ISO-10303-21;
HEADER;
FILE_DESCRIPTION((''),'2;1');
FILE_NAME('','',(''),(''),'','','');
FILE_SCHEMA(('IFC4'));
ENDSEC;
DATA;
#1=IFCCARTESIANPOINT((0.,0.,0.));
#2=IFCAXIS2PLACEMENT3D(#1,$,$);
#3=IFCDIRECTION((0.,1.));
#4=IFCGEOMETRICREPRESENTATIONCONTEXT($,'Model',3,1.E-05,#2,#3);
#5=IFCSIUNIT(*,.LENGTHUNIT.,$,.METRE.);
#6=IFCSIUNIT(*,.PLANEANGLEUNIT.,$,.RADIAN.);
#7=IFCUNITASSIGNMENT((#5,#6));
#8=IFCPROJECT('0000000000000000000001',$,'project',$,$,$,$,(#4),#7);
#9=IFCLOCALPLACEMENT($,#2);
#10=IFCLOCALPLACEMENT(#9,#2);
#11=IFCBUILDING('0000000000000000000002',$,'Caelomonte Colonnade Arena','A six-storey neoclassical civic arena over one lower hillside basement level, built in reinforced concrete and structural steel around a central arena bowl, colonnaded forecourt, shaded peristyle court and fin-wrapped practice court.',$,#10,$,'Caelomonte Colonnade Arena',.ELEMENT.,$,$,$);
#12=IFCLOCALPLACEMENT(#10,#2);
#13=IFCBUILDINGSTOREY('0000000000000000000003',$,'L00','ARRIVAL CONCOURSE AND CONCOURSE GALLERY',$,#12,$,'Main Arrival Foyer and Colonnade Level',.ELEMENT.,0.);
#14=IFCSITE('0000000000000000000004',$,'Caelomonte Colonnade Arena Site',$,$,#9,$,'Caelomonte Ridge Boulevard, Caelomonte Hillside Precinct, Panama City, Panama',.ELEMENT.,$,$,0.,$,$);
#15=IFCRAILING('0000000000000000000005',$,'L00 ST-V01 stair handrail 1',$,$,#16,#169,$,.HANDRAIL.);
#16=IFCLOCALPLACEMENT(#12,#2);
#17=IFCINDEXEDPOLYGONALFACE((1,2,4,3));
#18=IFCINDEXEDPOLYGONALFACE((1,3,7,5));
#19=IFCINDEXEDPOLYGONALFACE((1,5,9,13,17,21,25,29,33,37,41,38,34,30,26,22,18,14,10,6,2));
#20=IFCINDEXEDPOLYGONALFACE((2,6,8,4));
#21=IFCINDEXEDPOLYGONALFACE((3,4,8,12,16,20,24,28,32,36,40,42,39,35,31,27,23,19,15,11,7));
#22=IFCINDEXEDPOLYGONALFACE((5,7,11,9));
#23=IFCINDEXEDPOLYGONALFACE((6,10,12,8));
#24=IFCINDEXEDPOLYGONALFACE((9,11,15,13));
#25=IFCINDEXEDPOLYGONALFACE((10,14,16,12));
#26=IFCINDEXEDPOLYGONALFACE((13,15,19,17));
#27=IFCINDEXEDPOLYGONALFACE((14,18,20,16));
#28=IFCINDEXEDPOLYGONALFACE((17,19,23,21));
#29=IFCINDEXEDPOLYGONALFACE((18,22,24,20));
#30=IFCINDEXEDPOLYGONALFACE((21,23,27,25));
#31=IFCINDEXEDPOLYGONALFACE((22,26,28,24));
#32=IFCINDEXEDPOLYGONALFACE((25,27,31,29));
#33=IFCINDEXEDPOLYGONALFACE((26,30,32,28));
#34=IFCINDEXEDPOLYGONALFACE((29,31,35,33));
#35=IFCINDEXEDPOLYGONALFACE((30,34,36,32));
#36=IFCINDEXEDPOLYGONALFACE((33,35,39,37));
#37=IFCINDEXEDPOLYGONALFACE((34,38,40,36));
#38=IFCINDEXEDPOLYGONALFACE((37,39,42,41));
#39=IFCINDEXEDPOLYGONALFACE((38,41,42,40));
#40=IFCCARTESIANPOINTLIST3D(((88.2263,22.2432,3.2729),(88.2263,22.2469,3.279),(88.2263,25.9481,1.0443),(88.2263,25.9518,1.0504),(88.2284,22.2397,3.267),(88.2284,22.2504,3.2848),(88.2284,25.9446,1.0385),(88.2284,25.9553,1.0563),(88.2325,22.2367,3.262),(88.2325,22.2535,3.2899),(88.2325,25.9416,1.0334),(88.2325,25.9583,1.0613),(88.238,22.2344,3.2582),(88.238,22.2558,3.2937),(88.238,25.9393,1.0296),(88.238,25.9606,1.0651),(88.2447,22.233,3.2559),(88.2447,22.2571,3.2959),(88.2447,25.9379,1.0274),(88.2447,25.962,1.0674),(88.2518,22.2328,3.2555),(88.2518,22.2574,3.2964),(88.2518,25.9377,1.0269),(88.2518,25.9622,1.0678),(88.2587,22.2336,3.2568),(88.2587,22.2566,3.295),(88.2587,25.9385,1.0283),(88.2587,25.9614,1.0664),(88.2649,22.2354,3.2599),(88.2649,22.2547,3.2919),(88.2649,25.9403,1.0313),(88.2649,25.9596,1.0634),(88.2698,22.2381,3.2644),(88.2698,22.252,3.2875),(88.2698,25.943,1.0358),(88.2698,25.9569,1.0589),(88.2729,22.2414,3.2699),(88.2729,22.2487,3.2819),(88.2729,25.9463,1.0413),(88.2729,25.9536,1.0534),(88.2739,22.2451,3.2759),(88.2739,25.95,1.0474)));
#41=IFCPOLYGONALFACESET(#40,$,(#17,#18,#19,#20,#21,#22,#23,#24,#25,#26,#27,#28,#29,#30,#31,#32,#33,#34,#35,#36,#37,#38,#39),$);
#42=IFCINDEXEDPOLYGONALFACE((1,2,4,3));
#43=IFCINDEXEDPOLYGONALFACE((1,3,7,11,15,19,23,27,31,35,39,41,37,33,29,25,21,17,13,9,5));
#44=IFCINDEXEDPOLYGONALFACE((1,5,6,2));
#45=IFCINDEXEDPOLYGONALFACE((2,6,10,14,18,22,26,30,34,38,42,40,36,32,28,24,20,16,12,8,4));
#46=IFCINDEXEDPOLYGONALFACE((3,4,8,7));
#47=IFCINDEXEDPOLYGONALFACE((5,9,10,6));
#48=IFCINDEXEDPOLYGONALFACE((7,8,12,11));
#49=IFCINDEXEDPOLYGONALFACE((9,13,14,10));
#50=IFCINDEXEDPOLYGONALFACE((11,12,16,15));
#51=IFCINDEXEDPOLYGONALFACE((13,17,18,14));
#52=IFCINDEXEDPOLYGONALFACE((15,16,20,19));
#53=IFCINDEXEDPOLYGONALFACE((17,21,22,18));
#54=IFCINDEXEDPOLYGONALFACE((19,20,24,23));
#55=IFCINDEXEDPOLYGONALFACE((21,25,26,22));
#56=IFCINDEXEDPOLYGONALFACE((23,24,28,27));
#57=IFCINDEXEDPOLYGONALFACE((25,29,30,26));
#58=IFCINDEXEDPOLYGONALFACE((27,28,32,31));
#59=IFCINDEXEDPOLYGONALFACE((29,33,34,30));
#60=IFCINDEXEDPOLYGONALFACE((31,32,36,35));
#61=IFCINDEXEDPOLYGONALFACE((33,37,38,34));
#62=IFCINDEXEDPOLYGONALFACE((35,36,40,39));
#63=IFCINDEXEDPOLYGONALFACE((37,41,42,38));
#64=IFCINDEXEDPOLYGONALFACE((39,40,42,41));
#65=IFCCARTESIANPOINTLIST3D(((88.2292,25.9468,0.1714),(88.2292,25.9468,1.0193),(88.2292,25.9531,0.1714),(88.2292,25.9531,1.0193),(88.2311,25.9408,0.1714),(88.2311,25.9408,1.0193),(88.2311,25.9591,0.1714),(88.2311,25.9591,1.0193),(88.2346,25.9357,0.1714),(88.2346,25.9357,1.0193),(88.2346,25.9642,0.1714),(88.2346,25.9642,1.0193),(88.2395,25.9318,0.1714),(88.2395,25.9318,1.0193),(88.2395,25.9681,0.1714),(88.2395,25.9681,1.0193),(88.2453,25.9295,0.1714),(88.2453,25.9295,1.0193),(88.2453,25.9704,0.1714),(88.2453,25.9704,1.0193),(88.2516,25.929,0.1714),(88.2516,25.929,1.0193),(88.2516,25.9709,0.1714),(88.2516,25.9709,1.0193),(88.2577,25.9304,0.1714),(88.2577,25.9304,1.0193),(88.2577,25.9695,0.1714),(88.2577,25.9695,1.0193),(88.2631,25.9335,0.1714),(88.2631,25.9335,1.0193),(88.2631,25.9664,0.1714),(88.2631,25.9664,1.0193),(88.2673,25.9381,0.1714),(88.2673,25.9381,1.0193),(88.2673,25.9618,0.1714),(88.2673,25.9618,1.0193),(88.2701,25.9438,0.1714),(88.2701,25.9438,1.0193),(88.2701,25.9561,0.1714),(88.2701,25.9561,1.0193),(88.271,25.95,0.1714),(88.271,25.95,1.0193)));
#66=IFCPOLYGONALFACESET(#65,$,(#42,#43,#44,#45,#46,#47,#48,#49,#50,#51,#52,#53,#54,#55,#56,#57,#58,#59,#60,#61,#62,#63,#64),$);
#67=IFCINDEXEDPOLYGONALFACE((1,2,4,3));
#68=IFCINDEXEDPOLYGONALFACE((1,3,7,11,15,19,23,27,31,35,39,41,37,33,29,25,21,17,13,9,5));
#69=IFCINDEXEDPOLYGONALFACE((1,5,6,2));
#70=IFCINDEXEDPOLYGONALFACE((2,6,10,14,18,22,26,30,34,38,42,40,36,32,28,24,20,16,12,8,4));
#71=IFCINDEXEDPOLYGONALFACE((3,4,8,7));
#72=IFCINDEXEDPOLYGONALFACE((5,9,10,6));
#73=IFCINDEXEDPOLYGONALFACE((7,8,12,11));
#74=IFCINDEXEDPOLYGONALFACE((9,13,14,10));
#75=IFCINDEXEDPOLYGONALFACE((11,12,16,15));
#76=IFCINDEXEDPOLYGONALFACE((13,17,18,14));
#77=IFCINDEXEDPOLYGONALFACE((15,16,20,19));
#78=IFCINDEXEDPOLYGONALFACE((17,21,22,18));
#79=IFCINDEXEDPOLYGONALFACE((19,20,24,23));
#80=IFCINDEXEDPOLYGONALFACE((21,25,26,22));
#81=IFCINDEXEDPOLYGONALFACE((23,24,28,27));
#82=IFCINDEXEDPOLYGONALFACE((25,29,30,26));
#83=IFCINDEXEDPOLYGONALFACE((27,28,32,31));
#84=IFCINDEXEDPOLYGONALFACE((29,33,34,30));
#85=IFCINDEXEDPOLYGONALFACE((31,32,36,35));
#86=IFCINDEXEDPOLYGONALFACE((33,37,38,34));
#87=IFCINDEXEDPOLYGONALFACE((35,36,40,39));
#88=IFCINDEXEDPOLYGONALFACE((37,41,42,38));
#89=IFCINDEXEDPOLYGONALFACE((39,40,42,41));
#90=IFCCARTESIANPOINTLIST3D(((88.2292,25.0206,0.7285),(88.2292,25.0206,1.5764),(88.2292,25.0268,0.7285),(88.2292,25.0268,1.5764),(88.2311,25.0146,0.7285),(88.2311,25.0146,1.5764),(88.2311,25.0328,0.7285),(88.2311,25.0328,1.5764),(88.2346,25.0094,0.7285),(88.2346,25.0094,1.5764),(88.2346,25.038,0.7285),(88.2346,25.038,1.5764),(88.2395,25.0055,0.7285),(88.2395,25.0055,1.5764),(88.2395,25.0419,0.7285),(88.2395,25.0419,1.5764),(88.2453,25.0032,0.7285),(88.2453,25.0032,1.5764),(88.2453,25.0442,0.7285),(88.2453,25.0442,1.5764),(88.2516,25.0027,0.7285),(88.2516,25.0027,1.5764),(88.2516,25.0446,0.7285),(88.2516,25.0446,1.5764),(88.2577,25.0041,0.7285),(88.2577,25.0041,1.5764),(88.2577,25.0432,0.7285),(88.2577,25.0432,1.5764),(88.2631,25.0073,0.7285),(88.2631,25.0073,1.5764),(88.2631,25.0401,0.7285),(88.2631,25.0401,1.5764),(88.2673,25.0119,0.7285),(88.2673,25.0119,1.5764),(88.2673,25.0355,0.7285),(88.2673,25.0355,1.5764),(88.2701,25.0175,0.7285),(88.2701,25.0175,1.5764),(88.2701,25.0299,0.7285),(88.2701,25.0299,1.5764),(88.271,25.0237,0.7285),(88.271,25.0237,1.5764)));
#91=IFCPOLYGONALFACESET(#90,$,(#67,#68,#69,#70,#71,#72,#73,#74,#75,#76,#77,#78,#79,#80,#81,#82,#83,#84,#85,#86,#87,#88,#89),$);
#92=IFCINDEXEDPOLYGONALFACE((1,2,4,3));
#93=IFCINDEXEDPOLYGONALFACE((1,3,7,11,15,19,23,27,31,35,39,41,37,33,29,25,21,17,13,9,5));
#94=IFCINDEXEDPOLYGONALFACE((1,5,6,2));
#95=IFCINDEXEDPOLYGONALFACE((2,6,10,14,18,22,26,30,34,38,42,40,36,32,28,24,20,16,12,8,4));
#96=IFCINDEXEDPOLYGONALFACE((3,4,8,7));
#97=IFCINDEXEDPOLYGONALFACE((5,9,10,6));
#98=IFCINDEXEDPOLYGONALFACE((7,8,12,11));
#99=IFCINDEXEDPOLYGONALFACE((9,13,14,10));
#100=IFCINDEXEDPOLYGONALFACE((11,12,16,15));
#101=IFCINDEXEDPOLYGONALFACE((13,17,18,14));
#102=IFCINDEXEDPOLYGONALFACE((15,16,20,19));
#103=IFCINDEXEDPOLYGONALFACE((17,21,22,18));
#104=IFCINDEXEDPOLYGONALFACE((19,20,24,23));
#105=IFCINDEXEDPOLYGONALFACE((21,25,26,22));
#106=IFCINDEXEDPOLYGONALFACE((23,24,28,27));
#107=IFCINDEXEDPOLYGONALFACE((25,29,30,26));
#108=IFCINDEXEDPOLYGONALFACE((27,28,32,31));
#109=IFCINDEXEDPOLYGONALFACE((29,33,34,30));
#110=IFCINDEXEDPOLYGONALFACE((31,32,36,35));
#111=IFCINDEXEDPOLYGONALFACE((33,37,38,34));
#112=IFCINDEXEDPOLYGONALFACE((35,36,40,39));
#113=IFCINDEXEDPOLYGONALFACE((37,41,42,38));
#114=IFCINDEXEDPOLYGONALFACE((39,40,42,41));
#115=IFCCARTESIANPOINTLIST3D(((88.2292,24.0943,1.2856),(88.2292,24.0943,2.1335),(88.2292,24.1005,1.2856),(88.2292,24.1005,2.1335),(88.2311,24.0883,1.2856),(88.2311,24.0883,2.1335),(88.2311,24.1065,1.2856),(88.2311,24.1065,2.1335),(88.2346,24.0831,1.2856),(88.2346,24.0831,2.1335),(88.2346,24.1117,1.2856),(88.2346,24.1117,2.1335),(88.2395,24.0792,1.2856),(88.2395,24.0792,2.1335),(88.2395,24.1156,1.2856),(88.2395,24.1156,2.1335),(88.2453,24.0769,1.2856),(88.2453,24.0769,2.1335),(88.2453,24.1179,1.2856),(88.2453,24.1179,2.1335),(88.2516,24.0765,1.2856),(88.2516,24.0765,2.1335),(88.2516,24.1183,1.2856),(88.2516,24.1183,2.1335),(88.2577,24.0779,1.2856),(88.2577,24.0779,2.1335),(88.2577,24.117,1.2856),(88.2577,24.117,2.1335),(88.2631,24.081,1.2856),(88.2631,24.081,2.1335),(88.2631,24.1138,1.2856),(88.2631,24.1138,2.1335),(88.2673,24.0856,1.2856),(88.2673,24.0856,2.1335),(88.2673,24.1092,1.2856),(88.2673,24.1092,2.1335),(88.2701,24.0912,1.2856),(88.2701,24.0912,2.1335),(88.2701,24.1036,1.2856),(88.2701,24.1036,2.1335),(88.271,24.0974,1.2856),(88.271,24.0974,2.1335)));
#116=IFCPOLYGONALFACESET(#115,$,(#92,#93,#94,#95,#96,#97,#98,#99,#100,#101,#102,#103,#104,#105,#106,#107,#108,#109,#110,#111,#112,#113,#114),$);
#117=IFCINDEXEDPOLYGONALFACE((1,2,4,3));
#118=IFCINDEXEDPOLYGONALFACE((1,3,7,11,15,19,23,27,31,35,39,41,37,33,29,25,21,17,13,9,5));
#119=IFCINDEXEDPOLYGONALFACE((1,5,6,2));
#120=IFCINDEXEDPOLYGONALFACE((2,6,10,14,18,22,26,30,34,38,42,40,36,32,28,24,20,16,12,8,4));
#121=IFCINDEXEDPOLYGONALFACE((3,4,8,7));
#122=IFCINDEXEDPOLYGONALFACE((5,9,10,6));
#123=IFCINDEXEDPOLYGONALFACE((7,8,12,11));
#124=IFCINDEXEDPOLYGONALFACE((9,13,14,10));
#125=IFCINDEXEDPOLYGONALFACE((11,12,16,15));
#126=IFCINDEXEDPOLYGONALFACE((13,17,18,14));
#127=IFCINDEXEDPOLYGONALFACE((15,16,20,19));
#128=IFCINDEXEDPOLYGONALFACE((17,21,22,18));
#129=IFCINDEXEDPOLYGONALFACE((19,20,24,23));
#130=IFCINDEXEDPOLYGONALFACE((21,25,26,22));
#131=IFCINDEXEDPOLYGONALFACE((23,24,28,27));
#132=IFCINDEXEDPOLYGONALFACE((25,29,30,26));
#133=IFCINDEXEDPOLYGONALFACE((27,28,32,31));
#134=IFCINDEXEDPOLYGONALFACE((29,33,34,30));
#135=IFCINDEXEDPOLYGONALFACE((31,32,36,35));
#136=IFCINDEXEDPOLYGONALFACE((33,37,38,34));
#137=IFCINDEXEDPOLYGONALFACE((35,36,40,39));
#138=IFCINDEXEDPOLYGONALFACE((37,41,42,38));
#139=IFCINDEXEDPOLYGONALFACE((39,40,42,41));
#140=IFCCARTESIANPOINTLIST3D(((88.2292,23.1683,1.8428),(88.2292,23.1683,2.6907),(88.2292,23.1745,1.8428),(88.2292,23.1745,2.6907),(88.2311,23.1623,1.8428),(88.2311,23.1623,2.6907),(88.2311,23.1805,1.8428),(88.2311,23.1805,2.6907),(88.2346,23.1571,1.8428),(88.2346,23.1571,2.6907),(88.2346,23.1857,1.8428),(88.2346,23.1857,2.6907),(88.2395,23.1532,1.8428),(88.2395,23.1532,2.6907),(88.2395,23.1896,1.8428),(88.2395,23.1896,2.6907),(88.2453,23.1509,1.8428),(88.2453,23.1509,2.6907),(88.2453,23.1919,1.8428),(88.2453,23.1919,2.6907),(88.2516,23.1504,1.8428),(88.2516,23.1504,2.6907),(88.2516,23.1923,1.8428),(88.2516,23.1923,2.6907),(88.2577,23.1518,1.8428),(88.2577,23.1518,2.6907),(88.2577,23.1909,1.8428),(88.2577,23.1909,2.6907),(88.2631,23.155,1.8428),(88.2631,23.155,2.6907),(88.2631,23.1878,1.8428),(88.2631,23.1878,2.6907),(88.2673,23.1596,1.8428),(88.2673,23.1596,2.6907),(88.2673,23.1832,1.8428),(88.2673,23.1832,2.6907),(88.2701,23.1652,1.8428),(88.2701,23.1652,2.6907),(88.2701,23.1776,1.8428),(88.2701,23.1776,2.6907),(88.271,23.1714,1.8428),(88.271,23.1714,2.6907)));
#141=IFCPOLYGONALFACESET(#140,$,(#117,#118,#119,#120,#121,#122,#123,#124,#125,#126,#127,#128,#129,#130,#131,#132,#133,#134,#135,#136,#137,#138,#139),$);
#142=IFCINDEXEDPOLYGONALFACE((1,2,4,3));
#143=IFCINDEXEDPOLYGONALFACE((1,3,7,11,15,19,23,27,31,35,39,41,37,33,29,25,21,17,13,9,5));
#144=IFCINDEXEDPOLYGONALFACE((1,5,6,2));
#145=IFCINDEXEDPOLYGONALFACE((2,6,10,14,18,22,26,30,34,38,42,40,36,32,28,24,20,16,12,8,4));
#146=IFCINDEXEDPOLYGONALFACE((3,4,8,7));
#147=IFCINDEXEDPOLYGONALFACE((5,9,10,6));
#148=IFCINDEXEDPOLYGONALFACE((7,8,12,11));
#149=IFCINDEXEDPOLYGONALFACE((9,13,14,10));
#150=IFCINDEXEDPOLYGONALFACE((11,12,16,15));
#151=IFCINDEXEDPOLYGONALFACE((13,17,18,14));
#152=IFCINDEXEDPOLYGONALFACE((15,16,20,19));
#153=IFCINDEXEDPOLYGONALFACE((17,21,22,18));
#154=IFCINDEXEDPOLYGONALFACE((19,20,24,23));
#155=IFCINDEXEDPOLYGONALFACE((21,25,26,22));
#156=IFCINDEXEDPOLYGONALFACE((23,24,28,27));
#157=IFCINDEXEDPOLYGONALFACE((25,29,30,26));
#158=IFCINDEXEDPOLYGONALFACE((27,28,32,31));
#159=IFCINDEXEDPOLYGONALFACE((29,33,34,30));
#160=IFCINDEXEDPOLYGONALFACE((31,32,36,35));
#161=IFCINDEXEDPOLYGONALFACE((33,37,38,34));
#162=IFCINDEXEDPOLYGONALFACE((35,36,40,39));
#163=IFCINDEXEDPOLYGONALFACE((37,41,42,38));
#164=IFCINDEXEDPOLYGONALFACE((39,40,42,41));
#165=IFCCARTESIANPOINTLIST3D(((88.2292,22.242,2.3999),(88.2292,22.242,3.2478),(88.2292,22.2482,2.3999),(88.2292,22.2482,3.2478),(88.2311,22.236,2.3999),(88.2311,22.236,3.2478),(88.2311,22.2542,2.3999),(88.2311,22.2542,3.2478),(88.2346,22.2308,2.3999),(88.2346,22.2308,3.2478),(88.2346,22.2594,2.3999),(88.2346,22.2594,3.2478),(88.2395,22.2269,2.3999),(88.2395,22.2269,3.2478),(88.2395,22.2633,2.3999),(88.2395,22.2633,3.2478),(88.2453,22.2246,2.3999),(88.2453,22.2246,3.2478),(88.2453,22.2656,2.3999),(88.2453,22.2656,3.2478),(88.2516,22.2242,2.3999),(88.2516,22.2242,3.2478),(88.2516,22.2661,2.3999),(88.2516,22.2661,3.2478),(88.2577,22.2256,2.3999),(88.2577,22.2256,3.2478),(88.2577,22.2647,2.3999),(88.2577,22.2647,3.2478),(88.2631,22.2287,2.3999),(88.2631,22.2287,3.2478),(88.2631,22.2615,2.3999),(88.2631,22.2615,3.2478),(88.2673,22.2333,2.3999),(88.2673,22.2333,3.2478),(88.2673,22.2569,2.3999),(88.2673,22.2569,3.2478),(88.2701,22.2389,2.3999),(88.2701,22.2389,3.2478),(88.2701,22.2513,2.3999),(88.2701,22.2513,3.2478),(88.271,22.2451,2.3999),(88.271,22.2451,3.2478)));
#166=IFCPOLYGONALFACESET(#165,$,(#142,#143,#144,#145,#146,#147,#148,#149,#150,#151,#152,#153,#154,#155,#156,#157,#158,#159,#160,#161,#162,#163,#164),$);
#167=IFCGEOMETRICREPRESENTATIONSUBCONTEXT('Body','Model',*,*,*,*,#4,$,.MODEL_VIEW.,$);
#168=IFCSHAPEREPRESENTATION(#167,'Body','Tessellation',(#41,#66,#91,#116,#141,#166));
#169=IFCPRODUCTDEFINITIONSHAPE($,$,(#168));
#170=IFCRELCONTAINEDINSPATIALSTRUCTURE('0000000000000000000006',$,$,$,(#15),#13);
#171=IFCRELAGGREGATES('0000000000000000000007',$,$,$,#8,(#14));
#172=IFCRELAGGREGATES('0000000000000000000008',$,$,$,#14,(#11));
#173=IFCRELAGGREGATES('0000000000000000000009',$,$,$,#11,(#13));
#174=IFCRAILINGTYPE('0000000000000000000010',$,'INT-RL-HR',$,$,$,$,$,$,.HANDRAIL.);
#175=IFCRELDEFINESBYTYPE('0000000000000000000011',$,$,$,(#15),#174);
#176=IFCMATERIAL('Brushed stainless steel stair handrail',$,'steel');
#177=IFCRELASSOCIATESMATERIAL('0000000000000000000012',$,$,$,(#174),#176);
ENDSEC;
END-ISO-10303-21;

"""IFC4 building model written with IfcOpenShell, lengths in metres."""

from ifc_helpers import new_model, si_unit, direction, frame, origin, origin_2d, place, context, subcontext, project, spatial, circle, extrude, material, type_object, element, save


model = new_model("IFC4")

# Units and contexts
model_context = context("Model", 3, precision=1e-05, world=origin(), true_north=direction((0.0, 1.0)))
body_context = subcontext(model_context, "Body", "Model", "MODEL_VIEW")
ifc_project = project(units=[si_unit("LENGTHUNIT", "METRE"), si_unit("PLANEANGLEUNIT", "RADIAN")], contexts=[model_context])

# Site, building, storey
site_placement = place(None, origin())
site = spatial("IfcSite", under=ifc_project, at=site_placement, Name="Caelomonte Colonnade Arena Site", LongName="Caelomonte Ridge Boulevard, Caelomonte Hillside Precinct, Panama City, Panama", CompositionType="ELEMENT", RefElevation=0.0)
building_placement = place(site_placement, origin())
building = spatial("IfcBuilding", under=site, at=building_placement, Name="Caelomonte Colonnade Arena", Description="A six-storey neoclassical civic arena over one lower hillside basement level, built in reinforced concrete and structural steel around a central arena bowl, colonnaded forecourt, shaded peristyle court and fin-wrapped practice court.", LongName="Caelomonte Colonnade Arena", CompositionType="ELEMENT")
storey_placement = place(building_placement, origin())
storey = spatial("IfcBuildingStorey", under=building, at=storey_placement, Name="L00", Description="ARRIVAL CONCOURSE AND CONCOURSE GALLERY", LongName="Main Arrival Foyer and Colonnade Level", CompositionType="ELEMENT", Elevation=0.0)

# Railing
ifc_material_1 = material(Name="Brushed stainless steel stair handrail", Category="steel")
railing_type_1 = type_object("IfcRailingType", Name="INT-RL-HR", PredefinedType="HANDRAIL", material=ifc_material_1)
for number, where, name in (
    (1, (88.25, 25.95, 0.1714), "L00 ST-V01 stair handrail 1"),
):
    element("IfcRailing", number, at=place(storey_placement, frame(where)), inside=storey, type_object=railing_type_1, Name=name, PredefinedType="HANDRAIL", context=body_context, shape_type="SweptSolid", body=[
        extrude(circle(Radius=0.0239, at=origin_2d()), frame((0.0, 0.0, 0.876), z_axis=(0.0, -0.856919, 0.51545), x_axis=(1.0, 0.0, 0.0)), (0.0, 0.0, 1.0), 4.3235),
        extrude(circle(Radius=0.021, at=origin_2d()), origin(), (0.0, 0.0, 1.0), 0.8479),
        extrude(circle(Radius=0.021, at=origin_2d()), frame((0.0, -0.9263, 0.5571)), (0.0, 0.0, 1.0), 0.8479),
        extrude(circle(Radius=0.021, at=origin_2d()), frame((0.0, -1.8525, 1.1143)), (0.0, 0.0, 1.0), 0.8479),
        extrude(circle(Radius=0.021, at=origin_2d()), frame((0.0, -2.7786, 1.6714)), (0.0, 0.0, 1.0), 0.8479),
        extrude(circle(Radius=0.021, at=origin_2d()), frame((0.0, -3.7048, 2.2285)), (0.0, 0.0, 1.0), 0.8479),
    ])

save(model, "model.ifc")
